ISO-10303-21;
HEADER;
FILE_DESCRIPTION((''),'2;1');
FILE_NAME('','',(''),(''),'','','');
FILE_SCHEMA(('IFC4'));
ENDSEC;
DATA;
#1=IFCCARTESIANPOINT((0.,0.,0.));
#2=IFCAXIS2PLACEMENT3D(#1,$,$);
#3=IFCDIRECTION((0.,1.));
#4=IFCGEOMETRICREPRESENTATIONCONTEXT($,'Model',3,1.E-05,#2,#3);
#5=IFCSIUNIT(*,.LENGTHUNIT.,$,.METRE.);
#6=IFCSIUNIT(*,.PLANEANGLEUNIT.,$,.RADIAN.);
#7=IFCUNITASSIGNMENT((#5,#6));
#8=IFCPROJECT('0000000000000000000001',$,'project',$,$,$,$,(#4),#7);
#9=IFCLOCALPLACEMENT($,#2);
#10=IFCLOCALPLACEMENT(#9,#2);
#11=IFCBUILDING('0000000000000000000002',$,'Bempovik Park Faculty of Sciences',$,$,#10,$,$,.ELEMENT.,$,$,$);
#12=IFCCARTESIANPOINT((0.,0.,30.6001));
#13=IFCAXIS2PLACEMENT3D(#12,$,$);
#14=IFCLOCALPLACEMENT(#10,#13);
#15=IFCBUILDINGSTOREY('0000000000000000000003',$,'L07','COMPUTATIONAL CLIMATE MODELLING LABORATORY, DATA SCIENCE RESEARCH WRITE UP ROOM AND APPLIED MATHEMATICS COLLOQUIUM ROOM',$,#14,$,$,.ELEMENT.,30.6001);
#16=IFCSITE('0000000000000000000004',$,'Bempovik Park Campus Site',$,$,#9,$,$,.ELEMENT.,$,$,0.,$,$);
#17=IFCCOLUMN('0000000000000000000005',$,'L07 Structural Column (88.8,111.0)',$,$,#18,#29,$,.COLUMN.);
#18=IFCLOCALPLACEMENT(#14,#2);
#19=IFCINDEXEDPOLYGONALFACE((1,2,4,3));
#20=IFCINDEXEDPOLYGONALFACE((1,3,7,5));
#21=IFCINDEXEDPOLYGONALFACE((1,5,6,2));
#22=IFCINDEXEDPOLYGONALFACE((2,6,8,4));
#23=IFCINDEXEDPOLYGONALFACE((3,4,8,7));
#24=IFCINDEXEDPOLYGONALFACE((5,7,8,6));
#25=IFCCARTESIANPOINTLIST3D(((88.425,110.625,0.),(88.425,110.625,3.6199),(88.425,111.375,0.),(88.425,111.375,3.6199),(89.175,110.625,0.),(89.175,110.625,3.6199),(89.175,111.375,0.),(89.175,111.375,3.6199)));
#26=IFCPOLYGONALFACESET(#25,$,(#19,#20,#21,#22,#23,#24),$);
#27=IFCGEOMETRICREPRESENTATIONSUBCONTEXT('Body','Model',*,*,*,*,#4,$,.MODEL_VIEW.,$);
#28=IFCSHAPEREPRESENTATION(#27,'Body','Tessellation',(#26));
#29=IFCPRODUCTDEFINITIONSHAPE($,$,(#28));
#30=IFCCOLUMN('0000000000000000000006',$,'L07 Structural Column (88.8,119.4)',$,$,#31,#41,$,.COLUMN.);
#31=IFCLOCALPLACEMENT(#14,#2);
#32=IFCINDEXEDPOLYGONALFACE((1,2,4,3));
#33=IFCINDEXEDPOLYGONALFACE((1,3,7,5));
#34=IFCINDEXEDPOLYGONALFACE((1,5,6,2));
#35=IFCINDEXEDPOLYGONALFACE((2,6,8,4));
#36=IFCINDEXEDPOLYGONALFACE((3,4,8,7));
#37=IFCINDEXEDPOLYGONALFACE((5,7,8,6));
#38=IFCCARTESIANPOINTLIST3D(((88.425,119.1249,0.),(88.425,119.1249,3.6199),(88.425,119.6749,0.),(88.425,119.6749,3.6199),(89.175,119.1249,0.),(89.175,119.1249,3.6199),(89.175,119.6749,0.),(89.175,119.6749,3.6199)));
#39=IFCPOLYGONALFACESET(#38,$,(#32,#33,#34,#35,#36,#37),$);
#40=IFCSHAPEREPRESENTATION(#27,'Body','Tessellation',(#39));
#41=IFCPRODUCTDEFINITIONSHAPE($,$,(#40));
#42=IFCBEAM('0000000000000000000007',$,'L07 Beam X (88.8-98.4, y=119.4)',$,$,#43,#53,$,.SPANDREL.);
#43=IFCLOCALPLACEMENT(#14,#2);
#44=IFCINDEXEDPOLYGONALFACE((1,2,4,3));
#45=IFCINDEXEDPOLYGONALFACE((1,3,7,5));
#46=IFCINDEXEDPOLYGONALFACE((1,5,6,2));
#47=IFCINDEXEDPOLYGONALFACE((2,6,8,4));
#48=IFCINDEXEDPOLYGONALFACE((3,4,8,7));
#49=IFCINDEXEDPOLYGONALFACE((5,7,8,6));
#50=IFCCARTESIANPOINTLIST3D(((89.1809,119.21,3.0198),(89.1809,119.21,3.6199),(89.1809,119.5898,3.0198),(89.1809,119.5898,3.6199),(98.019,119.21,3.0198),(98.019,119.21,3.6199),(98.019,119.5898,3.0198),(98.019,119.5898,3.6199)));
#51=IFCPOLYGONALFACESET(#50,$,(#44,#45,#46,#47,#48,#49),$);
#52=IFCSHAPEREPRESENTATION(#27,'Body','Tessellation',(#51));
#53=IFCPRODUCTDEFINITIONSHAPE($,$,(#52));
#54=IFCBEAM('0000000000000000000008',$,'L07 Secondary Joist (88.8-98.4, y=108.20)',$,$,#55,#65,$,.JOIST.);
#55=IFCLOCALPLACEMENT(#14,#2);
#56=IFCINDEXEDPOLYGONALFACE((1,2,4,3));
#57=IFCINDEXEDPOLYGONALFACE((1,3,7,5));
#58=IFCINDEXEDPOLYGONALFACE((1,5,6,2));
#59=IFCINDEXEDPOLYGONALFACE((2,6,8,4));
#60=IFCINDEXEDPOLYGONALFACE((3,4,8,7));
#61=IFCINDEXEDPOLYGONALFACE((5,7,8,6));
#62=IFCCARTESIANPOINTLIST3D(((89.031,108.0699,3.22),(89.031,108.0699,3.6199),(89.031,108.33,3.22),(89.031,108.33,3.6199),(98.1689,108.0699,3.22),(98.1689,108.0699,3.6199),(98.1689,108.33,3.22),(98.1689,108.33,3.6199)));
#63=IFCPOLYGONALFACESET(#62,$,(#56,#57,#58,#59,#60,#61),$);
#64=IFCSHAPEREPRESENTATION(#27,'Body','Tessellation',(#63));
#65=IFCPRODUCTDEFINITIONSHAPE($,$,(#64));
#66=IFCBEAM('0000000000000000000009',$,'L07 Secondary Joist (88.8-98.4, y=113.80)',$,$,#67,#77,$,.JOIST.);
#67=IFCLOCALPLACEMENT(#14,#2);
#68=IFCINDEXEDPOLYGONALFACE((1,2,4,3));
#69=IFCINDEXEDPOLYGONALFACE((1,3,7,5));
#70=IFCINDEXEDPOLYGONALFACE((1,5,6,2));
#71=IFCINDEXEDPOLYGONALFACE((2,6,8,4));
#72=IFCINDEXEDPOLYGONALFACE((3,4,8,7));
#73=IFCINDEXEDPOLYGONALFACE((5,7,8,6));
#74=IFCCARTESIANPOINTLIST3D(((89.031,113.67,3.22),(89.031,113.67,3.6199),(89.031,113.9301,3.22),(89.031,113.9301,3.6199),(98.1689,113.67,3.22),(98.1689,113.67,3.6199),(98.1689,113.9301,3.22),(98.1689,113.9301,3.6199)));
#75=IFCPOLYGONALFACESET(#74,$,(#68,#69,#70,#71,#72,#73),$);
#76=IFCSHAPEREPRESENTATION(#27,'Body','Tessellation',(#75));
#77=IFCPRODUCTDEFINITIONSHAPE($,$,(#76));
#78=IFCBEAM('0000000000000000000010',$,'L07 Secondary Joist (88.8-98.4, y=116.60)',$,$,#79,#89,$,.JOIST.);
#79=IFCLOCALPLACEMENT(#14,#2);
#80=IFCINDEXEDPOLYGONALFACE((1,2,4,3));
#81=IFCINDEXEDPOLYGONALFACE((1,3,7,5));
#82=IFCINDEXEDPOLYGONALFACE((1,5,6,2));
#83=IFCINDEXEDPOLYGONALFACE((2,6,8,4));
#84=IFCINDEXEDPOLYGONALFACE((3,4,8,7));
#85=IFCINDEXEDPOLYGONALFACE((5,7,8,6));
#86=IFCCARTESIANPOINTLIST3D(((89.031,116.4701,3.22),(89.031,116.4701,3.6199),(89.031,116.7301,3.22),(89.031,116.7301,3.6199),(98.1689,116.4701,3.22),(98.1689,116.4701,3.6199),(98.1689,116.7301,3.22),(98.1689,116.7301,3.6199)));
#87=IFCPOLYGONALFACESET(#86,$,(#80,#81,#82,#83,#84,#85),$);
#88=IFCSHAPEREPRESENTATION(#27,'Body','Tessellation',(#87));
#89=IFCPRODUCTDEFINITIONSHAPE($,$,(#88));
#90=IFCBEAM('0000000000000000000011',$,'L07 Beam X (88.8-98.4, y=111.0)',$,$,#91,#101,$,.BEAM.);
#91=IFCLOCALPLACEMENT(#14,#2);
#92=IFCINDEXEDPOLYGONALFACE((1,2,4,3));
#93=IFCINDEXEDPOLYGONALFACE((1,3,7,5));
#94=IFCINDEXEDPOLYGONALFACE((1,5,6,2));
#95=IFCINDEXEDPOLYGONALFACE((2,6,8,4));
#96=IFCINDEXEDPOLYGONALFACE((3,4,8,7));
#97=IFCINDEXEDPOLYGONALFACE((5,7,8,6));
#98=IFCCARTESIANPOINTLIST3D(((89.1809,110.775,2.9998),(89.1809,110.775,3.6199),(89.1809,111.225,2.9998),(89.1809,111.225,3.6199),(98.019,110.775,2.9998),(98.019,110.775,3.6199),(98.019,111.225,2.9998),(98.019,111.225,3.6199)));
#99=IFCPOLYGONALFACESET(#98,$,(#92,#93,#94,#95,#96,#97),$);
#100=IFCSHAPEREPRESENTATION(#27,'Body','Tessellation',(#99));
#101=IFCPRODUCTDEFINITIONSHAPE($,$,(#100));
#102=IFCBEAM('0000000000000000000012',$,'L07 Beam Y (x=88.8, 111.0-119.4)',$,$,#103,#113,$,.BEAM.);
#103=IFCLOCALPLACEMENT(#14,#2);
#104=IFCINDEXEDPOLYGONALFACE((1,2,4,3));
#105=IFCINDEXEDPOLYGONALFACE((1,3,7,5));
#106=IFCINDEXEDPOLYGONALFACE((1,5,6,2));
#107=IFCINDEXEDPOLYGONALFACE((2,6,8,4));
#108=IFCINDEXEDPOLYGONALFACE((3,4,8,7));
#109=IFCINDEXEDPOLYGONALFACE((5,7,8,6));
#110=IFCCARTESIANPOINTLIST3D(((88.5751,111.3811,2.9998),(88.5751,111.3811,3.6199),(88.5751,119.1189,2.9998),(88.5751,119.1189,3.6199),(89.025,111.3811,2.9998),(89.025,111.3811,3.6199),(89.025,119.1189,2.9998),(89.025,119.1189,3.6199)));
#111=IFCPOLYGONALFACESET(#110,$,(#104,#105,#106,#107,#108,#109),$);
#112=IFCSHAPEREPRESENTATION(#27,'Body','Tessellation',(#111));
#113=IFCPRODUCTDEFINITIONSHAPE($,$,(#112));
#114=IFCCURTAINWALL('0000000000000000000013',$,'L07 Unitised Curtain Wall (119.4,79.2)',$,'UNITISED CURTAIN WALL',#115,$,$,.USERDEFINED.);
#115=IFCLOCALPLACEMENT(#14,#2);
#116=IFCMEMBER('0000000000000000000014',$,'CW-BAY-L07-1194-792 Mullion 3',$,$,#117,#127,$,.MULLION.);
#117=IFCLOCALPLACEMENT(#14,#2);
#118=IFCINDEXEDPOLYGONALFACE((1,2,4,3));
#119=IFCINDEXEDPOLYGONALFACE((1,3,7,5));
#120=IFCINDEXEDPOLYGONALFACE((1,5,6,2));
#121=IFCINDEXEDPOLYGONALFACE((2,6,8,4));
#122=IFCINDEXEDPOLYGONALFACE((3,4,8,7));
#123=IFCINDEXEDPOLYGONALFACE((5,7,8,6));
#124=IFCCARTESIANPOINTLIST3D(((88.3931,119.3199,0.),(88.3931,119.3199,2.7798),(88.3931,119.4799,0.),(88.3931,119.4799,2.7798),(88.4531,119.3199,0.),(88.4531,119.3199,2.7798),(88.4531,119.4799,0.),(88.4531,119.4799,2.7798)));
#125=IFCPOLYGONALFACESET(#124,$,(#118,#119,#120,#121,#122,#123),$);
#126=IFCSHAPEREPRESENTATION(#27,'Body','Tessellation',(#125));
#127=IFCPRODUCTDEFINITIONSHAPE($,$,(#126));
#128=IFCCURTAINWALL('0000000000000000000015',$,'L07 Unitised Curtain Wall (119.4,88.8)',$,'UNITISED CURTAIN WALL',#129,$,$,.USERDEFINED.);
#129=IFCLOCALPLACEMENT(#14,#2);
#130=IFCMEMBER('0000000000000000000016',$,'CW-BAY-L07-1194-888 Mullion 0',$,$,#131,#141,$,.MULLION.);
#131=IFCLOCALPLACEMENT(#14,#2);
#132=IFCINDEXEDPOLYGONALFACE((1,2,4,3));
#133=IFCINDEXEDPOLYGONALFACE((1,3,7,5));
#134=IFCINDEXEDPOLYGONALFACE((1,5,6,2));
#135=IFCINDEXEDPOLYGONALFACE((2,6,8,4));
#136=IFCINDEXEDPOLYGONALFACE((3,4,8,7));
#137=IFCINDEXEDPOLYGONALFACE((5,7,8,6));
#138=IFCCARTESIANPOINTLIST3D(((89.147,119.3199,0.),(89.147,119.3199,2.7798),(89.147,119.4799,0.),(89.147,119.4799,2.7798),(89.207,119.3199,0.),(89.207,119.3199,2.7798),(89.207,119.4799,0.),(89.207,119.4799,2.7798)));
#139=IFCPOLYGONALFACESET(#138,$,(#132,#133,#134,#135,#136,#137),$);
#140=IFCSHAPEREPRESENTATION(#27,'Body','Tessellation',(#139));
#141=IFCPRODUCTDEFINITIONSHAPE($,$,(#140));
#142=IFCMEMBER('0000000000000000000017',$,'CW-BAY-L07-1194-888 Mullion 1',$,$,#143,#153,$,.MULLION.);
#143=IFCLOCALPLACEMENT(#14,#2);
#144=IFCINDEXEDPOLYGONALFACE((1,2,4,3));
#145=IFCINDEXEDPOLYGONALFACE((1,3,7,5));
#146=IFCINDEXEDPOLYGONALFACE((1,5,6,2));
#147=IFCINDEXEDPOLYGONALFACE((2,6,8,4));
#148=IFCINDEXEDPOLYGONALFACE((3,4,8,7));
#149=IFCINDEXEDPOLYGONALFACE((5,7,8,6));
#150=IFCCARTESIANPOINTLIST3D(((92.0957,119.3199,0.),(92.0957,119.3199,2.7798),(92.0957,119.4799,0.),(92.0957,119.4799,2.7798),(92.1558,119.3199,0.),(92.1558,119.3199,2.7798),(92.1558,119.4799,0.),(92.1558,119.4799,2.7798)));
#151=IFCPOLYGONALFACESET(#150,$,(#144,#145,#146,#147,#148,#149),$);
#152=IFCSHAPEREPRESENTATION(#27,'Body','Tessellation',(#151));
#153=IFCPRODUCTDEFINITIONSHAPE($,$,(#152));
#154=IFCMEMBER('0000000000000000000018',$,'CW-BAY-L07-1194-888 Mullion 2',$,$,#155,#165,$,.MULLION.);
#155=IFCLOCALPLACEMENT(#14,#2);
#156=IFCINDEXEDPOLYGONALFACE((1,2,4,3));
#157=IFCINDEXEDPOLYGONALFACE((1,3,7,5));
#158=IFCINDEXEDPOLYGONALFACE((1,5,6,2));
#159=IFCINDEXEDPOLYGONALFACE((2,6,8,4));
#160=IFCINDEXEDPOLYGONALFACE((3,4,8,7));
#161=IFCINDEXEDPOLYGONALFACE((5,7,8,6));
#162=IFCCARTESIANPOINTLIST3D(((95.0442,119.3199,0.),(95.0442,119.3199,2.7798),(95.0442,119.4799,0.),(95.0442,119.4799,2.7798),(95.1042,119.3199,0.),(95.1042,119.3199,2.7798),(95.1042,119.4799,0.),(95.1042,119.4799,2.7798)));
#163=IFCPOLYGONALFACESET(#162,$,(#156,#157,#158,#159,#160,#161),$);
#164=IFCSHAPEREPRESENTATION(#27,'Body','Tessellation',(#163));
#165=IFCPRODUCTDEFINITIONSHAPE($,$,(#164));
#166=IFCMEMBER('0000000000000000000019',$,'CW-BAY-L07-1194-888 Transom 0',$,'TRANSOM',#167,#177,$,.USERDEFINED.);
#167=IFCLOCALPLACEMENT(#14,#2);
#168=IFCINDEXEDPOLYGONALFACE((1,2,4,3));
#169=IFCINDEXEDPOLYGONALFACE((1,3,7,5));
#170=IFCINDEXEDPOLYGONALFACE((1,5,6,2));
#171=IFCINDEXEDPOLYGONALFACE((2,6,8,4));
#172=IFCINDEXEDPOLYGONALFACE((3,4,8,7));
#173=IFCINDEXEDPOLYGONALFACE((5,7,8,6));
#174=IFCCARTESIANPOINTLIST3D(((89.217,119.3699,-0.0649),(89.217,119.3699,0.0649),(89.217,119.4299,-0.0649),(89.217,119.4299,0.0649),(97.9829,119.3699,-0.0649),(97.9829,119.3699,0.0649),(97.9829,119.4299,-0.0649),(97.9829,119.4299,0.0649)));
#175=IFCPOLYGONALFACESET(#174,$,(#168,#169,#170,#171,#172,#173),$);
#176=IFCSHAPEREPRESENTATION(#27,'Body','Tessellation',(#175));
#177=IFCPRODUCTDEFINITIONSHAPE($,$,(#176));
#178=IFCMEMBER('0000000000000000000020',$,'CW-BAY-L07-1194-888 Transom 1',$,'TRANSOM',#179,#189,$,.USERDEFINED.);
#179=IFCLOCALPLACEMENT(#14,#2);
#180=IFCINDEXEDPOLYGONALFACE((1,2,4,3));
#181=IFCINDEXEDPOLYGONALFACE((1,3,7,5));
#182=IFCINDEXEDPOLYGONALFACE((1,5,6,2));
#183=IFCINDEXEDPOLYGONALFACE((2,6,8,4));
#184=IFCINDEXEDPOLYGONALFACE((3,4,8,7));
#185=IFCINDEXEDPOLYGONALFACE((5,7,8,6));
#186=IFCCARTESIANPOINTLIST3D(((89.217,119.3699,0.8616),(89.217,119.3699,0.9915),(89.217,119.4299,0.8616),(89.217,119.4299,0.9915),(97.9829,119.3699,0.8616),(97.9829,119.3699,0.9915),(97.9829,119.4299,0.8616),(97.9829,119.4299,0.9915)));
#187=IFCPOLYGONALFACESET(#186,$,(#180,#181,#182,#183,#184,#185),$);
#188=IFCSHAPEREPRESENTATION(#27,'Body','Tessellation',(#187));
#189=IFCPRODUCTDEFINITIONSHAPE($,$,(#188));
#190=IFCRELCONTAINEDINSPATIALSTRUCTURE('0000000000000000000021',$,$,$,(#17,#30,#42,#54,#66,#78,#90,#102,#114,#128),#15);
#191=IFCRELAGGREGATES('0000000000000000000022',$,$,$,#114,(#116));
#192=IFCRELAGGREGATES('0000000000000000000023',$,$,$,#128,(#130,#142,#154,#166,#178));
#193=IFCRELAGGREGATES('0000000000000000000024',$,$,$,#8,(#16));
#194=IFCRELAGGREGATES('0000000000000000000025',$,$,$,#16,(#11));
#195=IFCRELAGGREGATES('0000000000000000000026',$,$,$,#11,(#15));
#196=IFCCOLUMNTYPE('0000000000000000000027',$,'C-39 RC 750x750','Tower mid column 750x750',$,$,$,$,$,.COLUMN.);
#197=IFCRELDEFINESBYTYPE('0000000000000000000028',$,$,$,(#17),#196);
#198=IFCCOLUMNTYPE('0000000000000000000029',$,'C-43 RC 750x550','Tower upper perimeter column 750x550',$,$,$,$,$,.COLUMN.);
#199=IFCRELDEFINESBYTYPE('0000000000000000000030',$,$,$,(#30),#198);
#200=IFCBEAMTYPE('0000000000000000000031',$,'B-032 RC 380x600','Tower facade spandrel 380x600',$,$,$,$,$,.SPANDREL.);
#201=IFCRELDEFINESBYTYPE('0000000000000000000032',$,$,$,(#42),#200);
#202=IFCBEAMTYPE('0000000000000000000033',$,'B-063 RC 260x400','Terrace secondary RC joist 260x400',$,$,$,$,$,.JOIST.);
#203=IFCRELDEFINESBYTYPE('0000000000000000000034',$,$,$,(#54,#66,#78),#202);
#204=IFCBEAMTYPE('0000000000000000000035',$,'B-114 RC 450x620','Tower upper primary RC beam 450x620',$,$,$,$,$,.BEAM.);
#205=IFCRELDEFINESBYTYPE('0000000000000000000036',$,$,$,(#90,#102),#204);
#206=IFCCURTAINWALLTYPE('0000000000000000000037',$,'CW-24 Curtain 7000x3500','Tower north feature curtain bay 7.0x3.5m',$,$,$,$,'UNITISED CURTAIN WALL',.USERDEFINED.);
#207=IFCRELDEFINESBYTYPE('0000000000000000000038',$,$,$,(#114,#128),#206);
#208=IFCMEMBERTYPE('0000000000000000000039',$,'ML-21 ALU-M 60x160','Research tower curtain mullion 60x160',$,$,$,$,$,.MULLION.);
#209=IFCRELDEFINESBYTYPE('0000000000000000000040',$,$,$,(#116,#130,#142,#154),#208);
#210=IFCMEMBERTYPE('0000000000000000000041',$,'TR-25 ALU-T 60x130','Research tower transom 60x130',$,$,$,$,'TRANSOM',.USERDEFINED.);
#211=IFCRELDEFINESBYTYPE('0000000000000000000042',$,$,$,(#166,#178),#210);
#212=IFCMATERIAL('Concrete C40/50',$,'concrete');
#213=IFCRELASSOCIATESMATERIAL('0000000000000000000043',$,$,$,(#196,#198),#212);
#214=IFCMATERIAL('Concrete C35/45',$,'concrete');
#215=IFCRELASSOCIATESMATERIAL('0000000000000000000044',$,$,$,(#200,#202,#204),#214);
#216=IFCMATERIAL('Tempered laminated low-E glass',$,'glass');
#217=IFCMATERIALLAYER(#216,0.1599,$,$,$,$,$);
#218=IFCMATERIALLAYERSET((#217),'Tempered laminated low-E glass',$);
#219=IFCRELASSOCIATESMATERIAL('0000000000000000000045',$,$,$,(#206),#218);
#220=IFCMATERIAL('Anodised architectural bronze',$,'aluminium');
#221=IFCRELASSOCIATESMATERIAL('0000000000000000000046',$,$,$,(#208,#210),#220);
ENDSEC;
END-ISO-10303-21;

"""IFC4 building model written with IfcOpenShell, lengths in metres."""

from ifc_helpers import new_model, si_unit, direction, frame, origin, origin_2d, place, context, subcontext, project, spatial, rectangle, extrude, material, layer, layer_set, material_profile, profile_set, type_object, element, aggregate, save


model = new_model("IFC4")

# Units and contexts
model_context = context("Model", 3, precision=1e-05, world=origin(), true_north=direction((0.0, 1.0)))
body_context = subcontext(model_context, "Body", "Model", "MODEL_VIEW")
ifc_project = project(units=[si_unit("LENGTHUNIT", "METRE"), si_unit("PLANEANGLEUNIT", "RADIAN")], contexts=[model_context])

# Site, building, storey
site_placement = place(None, origin())
site = spatial("IfcSite", under=ifc_project, at=site_placement, Name="Bempovik Park Campus Site", CompositionType="ELEMENT", RefElevation=0.0)
building_placement = place(site_placement, origin())
building = spatial("IfcBuilding", under=site, at=building_placement, Name="Bempovik Park Faculty of Sciences", CompositionType="ELEMENT")
storey_placement = place(building_placement, frame((0.0, 0.0, 30.6001)))
storey = spatial("IfcBuildingStorey", under=building, at=storey_placement, Name="L07", Description="COMPUTATIONAL CLIMATE MODELLING LABORATORY, DATA SCIENCE RESEARCH WRITE UP ROOM AND APPLIED MATHEMATICS COLLOQUIUM ROOM", CompositionType="ELEMENT", Elevation=30.6001)

# Columns
ifc_material_1 = material(Name="Concrete C40/50", Category="concrete")
ifc_material_profile_1 = material_profile(ifc_material_1, rectangle(XDim=0.75, YDim=0.75, at=origin_2d()), Name="RC 750x750")
ifc_profile_set_1 = profile_set([ifc_material_profile_1], Name="Concrete C40/50")
column_type_1 = type_object("IfcColumnType", Name="C-39 RC 750x750", Description="Tower mid column 750x750", PredefinedType="COLUMN", material=ifc_profile_set_1)
column_1_placement = place(storey_placement, frame((88.8, 111.0, 0.0), z_axis=(0.0, 0.0, 1.0), x_axis=(1.0, 0.0, 0.0)))
element("IfcColumn", 1, at=column_1_placement, inside=storey, type_object=column_type_1, Name="L07 Structural Column (88.8,111.0)", PredefinedType="COLUMN", context=body_context, shape_type="SweptSolid", body=[
    extrude(rectangle(XDim=0.75, YDim=0.75, at=origin_2d()), origin(), (0.0, 0.0, 1.0), 3.6199),
])
ifc_material_profile_2 = material_profile(ifc_material_1, rectangle(XDim=0.75, YDim=0.55, at=origin_2d()), Name="RC 750x550")
ifc_profile_set_2 = profile_set([ifc_material_profile_2], Name="Concrete C40/50")
column_type_2 = type_object("IfcColumnType", Name="C-43 RC 750x550", Description="Tower upper perimeter column 750x550", PredefinedType="COLUMN", material=ifc_profile_set_2)
column_2_placement = place(storey_placement, frame((88.8, 119.3999, 0.0), z_axis=(0.0, 0.0, 1.0), x_axis=(1.0, 0.0, 0.0)))
element("IfcColumn", 2, at=column_2_placement, inside=storey, type_object=column_type_2, Name="L07 Structural Column (88.8,119.4)", PredefinedType="COLUMN", context=body_context, shape_type="SweptSolid", body=[
    extrude(rectangle(XDim=0.75, YDim=0.55, at=origin_2d()), origin(), (0.0, 0.0, 1.0), 3.6199),
])

# Beams
ifc_material_2 = material(Name="Concrete C35/45", Category="concrete")
ifc_material_profile_3 = material_profile(ifc_material_2, rectangle(XDim=0.3799, YDim=0.6001, at=origin_2d()), Name="RC 380x600")
ifc_profile_set_3 = profile_set([ifc_material_profile_3], Name="Concrete C35/45")
beam_type_1 = type_object("IfcBeamType", Name="B-032 RC 380x600", Description="Tower facade spandrel 380x600", PredefinedType="SPANDREL", material=ifc_profile_set_3)
beam_1_placement = place(storey_placement, frame((89.1809, 119.3999, 3.3198), z_axis=(1.0, 0.0, 0.0), x_axis=(0.0, 1.0, 0.0)))
element("IfcBeam", 3, at=beam_1_placement, inside=storey, type_object=beam_type_1, Name="L07 Beam X (88.8-98.4, y=119.4)", PredefinedType="SPANDREL", context=body_context, shape_type="SweptSolid", body=[
    extrude(rectangle(XDim=0.3799, YDim=0.6001, at=origin_2d()), origin(), (0.0, 0.0, 1.0), 8.8381),
])
ifc_material_profile_4 = material_profile(ifc_material_2, rectangle(XDim=0.26, YDim=0.3999, at=origin_2d()), Name="RC 260x400")
ifc_profile_set_4 = profile_set([ifc_material_profile_4], Name="Concrete C35/45")
beam_type_2 = type_object("IfcBeamType", Name="B-063 RC 260x400", Description="Terrace secondary RC joist 260x400", PredefinedType="JOIST", material=ifc_profile_set_4)
for number, where, z_axis, x_axis, name in (
    (4, (89.031, 108.2, 3.4199), (1.0, 0.0, 0.0), (0.0, 1.0, 0.0), "L07 Secondary Joist (88.8-98.4, y=108.20)"),
    (5, (89.031, 113.8, 3.4199), (1.0, 0.0, 0.0), (0.0, 1.0, 0.0), "L07 Secondary Joist (88.8-98.4, y=113.80)"),
    (6, (89.031, 116.6001, 3.4199), (1.0, 0.0, 0.0), (0.0, 1.0, 0.0), "L07 Secondary Joist (88.8-98.4, y=116.60)"),
):
    element("IfcBeam", number, at=place(storey_placement, frame(where, z_axis=z_axis, x_axis=x_axis)), inside=storey, type_object=beam_type_2, Name=name, PredefinedType="JOIST", context=body_context, shape_type="SweptSolid", body=[
        extrude(rectangle(XDim=0.26, YDim=0.3999, at=origin_2d()), origin(), (0.0, 0.0, 1.0), 9.1379),
    ])
ifc_material_profile_5 = material_profile(ifc_material_2, rectangle(XDim=0.45, YDim=0.6201, at=origin_2d()), Name="RC 450x620")
ifc_profile_set_5 = profile_set([ifc_material_profile_5], Name="Concrete C35/45")
beam_type_3 = type_object("IfcBeamType", Name="B-114 RC 450x620", Description="Tower upper primary RC beam 450x620", PredefinedType="BEAM", material=ifc_profile_set_5)
beam_2_placement = place(storey_placement, frame((89.1809, 111.0, 3.3098), z_axis=(1.0, 0.0, 0.0), x_axis=(0.0, 1.0, 0.0)))
element("IfcBeam", 7, at=beam_2_placement, inside=storey, type_object=beam_type_3, Name="L07 Beam X (88.8-98.4, y=111.0)", PredefinedType="BEAM", context=body_context, shape_type="SweptSolid", body=[
    extrude(rectangle(XDim=0.45, YDim=0.6201, at=origin_2d()), origin(), (0.0, 0.0, 1.0), 8.8381),
])
beam_3_placement = place(storey_placement, frame((88.8, 111.3811, 3.3098), z_axis=(0.0, 1.0, 0.0), x_axis=(-1.0, 0.0, 0.0)))
element("IfcBeam", 8, at=beam_3_placement, inside=storey, type_object=beam_type_3, Name="L07 Beam Y (x=88.8, 111.0-119.4)", PredefinedType="BEAM", context=body_context, shape_type="SweptSolid", body=[
    extrude(rectangle(XDim=0.45, YDim=0.6201, at=origin_2d()), origin(), (0.0, 0.0, 1.0), 7.7378),
])

# Curtain wall, member
ifc_material_3 = material(Name="Tempered laminated low-E glass", Category="glass")
ifc_layer_1 = layer(ifc_material_3, 0.1599)
ifc_layer_set_1 = layer_set([ifc_layer_1], Name="Tempered laminated low-E glass")
curtain_wall_type = type_object("IfcCurtainWallType", Name="CW-24 Curtain 7000x3500", Description="Tower north feature curtain bay 7.0x3.5m", ElementType="UNITISED CURTAIN WALL", PredefinedType="USERDEFINED", material=ifc_layer_set_1)
curtain_wall_1_placement = place(storey_placement, origin())
curtain_wall_1 = element("IfcCurtainWall", 9, at=curtain_wall_1_placement, inside=storey, type_object=curtain_wall_type, Name="L07 Unitised Curtain Wall (119.4,79.2)", ObjectType="UNITISED CURTAIN WALL", PredefinedType="USERDEFINED")
ifc_material_4 = material(Name="Anodised architectural bronze", Category="aluminium")
ifc_material_profile_6 = material_profile(ifc_material_4, rectangle(XDim=0.0601, YDim=0.1599, at=origin_2d()), Name="ALU-M 60x160")
ifc_profile_set_6 = profile_set([ifc_material_profile_6], Name="Anodised architectural bronze")
member_type_1 = type_object("IfcMemberType", Name="ML-21 ALU-M 60x160", Description="Research tower curtain mullion 60x160", PredefinedType="MULLION", material=ifc_profile_set_6)
member_1_placement = place(storey_placement, frame((88.4231, 119.3999, 0.0), z_axis=(0.0, 0.0, 1.0), x_axis=(1.0, 0.0, 0.0)))
member_1 = element("IfcMember", 10, at=member_1_placement, type_object=member_type_1, Name="CW-BAY-L07-1194-792 Mullion 3", PredefinedType="MULLION", context=body_context, shape_type="SweptSolid", body=[
    extrude(rectangle(XDim=0.0601, YDim=0.1599, at=origin_2d()), origin(), (0.0, 0.0, 1.0), 2.7798),
])

# Curtain wall, members
curtain_wall_2_placement = place(storey_placement, origin())
curtain_wall_2 = element("IfcCurtainWall", 11, at=curtain_wall_2_placement, inside=storey, type_object=curtain_wall_type, Name="L07 Unitised Curtain Wall (119.4,88.8)", ObjectType="UNITISED CURTAIN WALL", PredefinedType="USERDEFINED")
member_2_placement = place(storey_placement, frame((89.177, 119.3999, 0.0), z_axis=(0.0, 0.0, 1.0), x_axis=(1.0, 0.0, 0.0)))
member_2 = element("IfcMember", 12, at=member_2_placement, type_object=member_type_1, Name="CW-BAY-L07-1194-888 Mullion 0", PredefinedType="MULLION", context=body_context, shape_type="SweptSolid", body=[
    extrude(rectangle(XDim=0.0601, YDim=0.1599, at=origin_2d()), origin(), (0.0, 0.0, 1.0), 2.7798),
])
member_3_placement = place(storey_placement, frame((92.1257, 119.3999, 0.0), z_axis=(0.0, 0.0, 1.0), x_axis=(1.0, 0.0, 0.0)))
member_3 = element("IfcMember", 13, at=member_3_placement, type_object=member_type_1, Name="CW-BAY-L07-1194-888 Mullion 1", PredefinedType="MULLION", context=body_context, shape_type="SweptSolid", body=[
    extrude(rectangle(XDim=0.0601, YDim=0.1599, at=origin_2d()), origin(), (0.0, 0.0, 1.0), 2.7798),
])
member_4_placement = place(storey_placement, frame((95.0742, 119.3999, 0.0), z_axis=(0.0, 0.0, 1.0), x_axis=(1.0, 0.0, 0.0)))
member_4 = element("IfcMember", 14, at=member_4_placement, type_object=member_type_1, Name="CW-BAY-L07-1194-888 Mullion 2", PredefinedType="MULLION", context=body_context, shape_type="SweptSolid", body=[
    extrude(rectangle(XDim=0.0601, YDim=0.1599, at=origin_2d()), origin(), (0.0, 0.0, 1.0), 2.7798),
])
ifc_material_profile_7 = material_profile(ifc_material_4, rectangle(XDim=0.0601, YDim=0.1299, at=origin_2d()), Name="ALU-T 60x130")
ifc_profile_set_7 = profile_set([ifc_material_profile_7], Name="Anodised architectural bronze")
member_type_2 = type_object("IfcMemberType", Name="TR-25 ALU-T 60x130", Description="Research tower transom 60x130", ElementType="TRANSOM", PredefinedType="USERDEFINED", material=ifc_profile_set_7)
member_5_placement = place(storey_placement, frame((89.217, 119.3999, 0.0), z_axis=(1.0, 0.0, 0.0), x_axis=(0.0, 1.0, 0.0)))
member_5 = element("IfcMember", 15, at=member_5_placement, type_object=member_type_2, Name="CW-BAY-L07-1194-888 Transom 0", ObjectType="TRANSOM", PredefinedType="USERDEFINED", context=body_context, shape_type="SweptSolid", body=[
    extrude(rectangle(XDim=0.0601, YDim=0.1299, at=origin_2d()), origin(), (0.0, 0.0, 1.0), 8.7659),
])
member_6_placement = place(storey_placement, frame((89.217, 119.3999, 0.9265), z_axis=(1.0, 0.0, 0.0), x_axis=(0.0, 1.0, 0.0)))
member_6 = element("IfcMember", 16, at=member_6_placement, type_object=member_type_2, Name="CW-BAY-L07-1194-888 Transom 1", ObjectType="TRANSOM", PredefinedType="USERDEFINED", context=body_context, shape_type="SweptSolid", body=[
    extrude(rectangle(XDim=0.0601, YDim=0.1299, at=origin_2d()), origin(), (0.0, 0.0, 1.0), 8.7659),
])

aggregate(curtain_wall_1, [member_1])
aggregate(curtain_wall_2, [member_2, member_3, member_4, member_5, member_6])

save(model, "model.ifc")
